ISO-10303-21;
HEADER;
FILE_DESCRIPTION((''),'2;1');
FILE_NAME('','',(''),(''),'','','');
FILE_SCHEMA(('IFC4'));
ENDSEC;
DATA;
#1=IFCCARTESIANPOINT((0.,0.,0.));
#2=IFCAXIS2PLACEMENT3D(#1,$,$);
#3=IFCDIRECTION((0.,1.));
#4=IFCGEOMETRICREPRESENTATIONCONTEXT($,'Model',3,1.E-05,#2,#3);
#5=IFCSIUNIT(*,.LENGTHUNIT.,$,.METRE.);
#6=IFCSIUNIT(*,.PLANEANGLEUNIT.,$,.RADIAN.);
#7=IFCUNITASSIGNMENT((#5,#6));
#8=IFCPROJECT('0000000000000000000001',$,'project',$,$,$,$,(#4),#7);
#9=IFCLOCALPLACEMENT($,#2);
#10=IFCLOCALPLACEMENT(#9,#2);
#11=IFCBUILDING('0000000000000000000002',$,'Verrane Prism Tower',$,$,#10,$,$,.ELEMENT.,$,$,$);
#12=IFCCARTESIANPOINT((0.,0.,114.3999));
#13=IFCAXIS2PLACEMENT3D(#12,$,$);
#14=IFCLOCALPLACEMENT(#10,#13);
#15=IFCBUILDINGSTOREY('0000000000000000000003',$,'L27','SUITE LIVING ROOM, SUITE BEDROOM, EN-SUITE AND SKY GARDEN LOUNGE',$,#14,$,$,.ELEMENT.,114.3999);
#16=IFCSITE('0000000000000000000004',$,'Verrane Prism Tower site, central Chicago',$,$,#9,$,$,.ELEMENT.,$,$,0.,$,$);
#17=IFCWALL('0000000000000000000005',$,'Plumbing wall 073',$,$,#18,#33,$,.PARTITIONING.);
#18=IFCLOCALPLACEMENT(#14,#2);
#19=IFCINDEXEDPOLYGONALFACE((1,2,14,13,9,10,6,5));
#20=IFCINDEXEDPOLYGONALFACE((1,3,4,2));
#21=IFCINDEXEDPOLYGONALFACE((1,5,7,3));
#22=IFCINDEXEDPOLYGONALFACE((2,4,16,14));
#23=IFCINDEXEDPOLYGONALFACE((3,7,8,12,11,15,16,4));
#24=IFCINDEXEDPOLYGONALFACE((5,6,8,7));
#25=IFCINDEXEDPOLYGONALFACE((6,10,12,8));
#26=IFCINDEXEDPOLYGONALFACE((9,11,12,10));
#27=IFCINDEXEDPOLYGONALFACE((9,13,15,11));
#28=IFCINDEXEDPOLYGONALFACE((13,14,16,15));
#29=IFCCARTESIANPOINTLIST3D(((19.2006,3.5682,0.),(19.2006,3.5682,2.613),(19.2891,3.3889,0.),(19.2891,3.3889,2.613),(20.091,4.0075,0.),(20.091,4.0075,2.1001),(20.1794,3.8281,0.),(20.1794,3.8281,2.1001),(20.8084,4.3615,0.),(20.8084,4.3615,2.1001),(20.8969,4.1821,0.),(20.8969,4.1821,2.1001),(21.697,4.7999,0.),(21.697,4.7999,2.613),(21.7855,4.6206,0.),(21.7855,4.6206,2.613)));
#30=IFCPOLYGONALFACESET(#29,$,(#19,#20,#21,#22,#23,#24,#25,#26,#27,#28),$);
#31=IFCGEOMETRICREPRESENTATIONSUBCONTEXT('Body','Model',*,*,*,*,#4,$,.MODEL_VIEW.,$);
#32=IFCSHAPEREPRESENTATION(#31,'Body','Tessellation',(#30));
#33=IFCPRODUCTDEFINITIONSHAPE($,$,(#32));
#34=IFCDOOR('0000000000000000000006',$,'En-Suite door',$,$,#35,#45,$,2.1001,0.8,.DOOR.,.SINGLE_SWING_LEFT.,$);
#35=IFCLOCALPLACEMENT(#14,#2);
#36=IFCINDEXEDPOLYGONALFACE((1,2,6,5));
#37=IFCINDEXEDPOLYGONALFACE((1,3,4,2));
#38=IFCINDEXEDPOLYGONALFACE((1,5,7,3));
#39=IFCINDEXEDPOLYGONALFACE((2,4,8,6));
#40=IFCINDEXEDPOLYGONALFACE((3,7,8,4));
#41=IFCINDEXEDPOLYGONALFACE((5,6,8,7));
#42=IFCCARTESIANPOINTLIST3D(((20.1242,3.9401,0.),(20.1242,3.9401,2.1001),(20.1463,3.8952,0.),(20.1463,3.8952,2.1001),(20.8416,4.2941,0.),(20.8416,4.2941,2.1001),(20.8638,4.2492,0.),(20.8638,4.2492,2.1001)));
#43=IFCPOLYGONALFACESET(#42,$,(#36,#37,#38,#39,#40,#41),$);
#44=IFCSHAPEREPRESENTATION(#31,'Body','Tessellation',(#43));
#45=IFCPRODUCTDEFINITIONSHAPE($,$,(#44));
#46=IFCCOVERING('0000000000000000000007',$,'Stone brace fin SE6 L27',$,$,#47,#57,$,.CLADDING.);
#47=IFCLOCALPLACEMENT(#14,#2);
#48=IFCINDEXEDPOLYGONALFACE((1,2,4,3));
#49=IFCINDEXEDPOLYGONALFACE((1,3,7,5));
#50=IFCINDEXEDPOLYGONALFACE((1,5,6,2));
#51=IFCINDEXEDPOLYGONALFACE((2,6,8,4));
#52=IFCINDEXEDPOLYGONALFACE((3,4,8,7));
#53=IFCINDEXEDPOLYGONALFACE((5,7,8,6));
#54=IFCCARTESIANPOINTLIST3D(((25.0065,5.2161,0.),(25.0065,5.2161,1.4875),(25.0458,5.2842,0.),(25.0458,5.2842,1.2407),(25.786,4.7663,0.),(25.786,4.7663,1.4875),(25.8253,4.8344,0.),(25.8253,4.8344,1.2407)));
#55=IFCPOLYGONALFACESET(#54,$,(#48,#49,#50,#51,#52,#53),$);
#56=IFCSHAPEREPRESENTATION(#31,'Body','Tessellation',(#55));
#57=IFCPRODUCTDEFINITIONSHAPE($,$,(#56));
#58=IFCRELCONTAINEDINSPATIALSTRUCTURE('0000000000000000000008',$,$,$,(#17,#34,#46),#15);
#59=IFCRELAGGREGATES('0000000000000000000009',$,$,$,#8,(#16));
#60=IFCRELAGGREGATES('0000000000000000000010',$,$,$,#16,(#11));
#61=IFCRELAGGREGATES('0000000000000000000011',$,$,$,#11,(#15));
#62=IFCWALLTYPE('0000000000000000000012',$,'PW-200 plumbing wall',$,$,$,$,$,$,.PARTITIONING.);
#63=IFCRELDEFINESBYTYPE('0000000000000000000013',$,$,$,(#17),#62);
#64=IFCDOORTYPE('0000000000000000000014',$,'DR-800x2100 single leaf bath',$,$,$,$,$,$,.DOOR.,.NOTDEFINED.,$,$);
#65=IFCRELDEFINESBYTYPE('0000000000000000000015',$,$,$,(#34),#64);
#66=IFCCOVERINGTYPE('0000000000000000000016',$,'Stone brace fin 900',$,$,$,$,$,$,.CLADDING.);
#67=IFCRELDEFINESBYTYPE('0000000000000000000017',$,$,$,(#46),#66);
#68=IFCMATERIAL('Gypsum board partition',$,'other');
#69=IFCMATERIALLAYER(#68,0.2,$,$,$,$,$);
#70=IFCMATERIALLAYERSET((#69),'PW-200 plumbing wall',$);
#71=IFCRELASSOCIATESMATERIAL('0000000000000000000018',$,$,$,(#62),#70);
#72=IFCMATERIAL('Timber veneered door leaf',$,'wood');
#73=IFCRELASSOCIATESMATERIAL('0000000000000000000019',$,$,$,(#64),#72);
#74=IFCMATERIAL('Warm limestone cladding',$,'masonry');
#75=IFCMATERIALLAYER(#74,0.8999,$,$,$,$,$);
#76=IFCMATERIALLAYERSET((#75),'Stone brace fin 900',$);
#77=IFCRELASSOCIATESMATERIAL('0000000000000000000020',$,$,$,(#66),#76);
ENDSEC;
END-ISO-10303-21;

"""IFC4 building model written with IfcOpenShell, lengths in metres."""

from ifc_helpers import new_model, si_unit, direction, frame, frame_2d, origin, place, context, subcontext, project, spatial, polyline, rectangle, outline, extrude, material, layer, layer_set, type_object, element, fill, save


model = new_model("IFC4")

# Units and contexts
model_context = context("Model", 3, precision=1e-05, world=origin(), true_north=direction((0.0, 1.0)))
body_context = subcontext(model_context, "Body", "Model", "MODEL_VIEW")
ifc_project = project(units=[si_unit("LENGTHUNIT", "METRE"), si_unit("PLANEANGLEUNIT", "RADIAN")], contexts=[model_context])

# Site, building, storey
site_placement = place(None, origin())
site = spatial("IfcSite", under=ifc_project, at=site_placement, Name="Verrane Prism Tower site, central Chicago", CompositionType="ELEMENT", RefElevation=0.0)
building_placement = place(site_placement, origin())
building = spatial("IfcBuilding", under=site, at=building_placement, Name="Verrane Prism Tower", CompositionType="ELEMENT")
storey_placement = place(building_placement, frame((0.0, 0.0, 114.3999)))
storey = spatial("IfcBuildingStorey", under=building, at=storey_placement, Name="L27", Description="SUITE LIVING ROOM, SUITE BEDROOM, EN-SUITE AND SKY GARDEN LOUNGE", CompositionType="ELEMENT", Elevation=114.3999)

# Shared definitions
ifc_material_1 = material(Name="Gypsum board partition", Category="other")
ifc_layer_1 = layer(ifc_material_1, 0.2)
ifc_layer_set_1 = layer_set([ifc_layer_1], Name="PW-200 plumbing wall")
wall_type_1 = type_object("IfcWallType", Name="PW-200 plumbing wall", PredefinedType="PARTITIONING", material=ifc_layer_set_1)

# Wall, opening, door
wall_1_placement = place(storey_placement, frame((19.2449, 3.4785, 0.0), z_axis=(0.0, 0.0, 1.0), x_axis=(0.896783, 0.442471, 0.0)))
wall_1 = element("IfcWall", 1, at=wall_1_placement, inside=storey, type_object=wall_type_1, Name="Plumbing wall 073", PredefinedType="PARTITIONING", context=body_context, shape_type="SweptSolid", body=[
    extrude(rectangle(XDim=2.7837, YDim=0.2, at=frame_2d((1.3918, 0.0))), origin(), (0.0, 0.0, 1.0), 2.613),
])
opening_1_placement = place(wall_1_placement, frame((0.9929, 0.0, 0.0)))
opening_1 = element("IfcOpeningElement", 2, at=opening_1_placement, cuts=wall_1, PredefinedType="OPENING", context=body_context, shape_type="SweptSolid", body=[
    extrude(rectangle(XDim=0.8, YDim=2.1001, at=frame_2d((0.3999, 1.05))), frame((0.0, 0.1099, 0.0), z_axis=(0.0, -1.0, 0.0), x_axis=(1.0, 0.0, 0.0)), (0.0, 0.0, 1.0), 0.22),
])
ifc_material_2 = material(Name="Timber veneered door leaf", Category="wood")
door_type_1 = type_object("IfcDoorType", Name="DR-800x2100 single leaf bath", OperationType="NOTDEFINED", PredefinedType="DOOR", material=ifc_material_2)
door_1_placement = place(opening_1_placement, origin())
door_1 = element("IfcDoor", 3, at=door_1_placement, inside=storey, type_object=door_type_1, Name="En-Suite door", OperationType="SINGLE_SWING_LEFT", OverallHeight=2.1001, OverallWidth=0.8, PredefinedType="DOOR", context=body_context, shape_type="SweptSolid", body=[
    extrude(rectangle(XDim=0.8, YDim=2.1001, at=frame_2d((0.3999, 1.05))), frame((0.0, 0.0249, 0.0), z_axis=(0.0, -1.0, 0.0), x_axis=(1.0, 0.0, 0.0)), (0.0, 0.0, 1.0), 0.05),
])
fill(opening_1, door_1)

# Covering
ifc_material_3 = material(Name="Warm limestone cladding", Category="masonry")
ifc_layer_2 = layer(ifc_material_3, 0.8999)
ifc_layer_set_2 = layer_set([ifc_layer_2], Name="Stone brace fin 900")
covering_type = type_object("IfcCoveringType", Name="Stone brace fin 900", PredefinedType="CLADDING", material=ifc_layer_set_2)
covering_placement = place(storey_placement, frame((25.4355, 5.0593, 0.0), z_axis=(0.0, 0.0, 1.0), x_axis=(-0.499812, -0.866134, 0.0)))
element("IfcCovering", 4, at=covering_placement, inside=storey, type_object=covering_type, Name="Stone brace fin SE6 L27", PredefinedType="CLADDING", context=body_context, shape_type="SweptSolid", body=[
    extrude(outline(polyline([(0.0, 0.0), (0.0786, 0.0), (0.0786, 1.4875), (0.0, 1.2407), (0.0, 0.0)])), frame((0.0, 0.45, 0.0), z_axis=(0.0, -1.0, 0.0), x_axis=(1.0, 0.0, 0.0)), (0.0, 0.0, 1.0), 0.8999),
])

save(model, "model.ifc")
